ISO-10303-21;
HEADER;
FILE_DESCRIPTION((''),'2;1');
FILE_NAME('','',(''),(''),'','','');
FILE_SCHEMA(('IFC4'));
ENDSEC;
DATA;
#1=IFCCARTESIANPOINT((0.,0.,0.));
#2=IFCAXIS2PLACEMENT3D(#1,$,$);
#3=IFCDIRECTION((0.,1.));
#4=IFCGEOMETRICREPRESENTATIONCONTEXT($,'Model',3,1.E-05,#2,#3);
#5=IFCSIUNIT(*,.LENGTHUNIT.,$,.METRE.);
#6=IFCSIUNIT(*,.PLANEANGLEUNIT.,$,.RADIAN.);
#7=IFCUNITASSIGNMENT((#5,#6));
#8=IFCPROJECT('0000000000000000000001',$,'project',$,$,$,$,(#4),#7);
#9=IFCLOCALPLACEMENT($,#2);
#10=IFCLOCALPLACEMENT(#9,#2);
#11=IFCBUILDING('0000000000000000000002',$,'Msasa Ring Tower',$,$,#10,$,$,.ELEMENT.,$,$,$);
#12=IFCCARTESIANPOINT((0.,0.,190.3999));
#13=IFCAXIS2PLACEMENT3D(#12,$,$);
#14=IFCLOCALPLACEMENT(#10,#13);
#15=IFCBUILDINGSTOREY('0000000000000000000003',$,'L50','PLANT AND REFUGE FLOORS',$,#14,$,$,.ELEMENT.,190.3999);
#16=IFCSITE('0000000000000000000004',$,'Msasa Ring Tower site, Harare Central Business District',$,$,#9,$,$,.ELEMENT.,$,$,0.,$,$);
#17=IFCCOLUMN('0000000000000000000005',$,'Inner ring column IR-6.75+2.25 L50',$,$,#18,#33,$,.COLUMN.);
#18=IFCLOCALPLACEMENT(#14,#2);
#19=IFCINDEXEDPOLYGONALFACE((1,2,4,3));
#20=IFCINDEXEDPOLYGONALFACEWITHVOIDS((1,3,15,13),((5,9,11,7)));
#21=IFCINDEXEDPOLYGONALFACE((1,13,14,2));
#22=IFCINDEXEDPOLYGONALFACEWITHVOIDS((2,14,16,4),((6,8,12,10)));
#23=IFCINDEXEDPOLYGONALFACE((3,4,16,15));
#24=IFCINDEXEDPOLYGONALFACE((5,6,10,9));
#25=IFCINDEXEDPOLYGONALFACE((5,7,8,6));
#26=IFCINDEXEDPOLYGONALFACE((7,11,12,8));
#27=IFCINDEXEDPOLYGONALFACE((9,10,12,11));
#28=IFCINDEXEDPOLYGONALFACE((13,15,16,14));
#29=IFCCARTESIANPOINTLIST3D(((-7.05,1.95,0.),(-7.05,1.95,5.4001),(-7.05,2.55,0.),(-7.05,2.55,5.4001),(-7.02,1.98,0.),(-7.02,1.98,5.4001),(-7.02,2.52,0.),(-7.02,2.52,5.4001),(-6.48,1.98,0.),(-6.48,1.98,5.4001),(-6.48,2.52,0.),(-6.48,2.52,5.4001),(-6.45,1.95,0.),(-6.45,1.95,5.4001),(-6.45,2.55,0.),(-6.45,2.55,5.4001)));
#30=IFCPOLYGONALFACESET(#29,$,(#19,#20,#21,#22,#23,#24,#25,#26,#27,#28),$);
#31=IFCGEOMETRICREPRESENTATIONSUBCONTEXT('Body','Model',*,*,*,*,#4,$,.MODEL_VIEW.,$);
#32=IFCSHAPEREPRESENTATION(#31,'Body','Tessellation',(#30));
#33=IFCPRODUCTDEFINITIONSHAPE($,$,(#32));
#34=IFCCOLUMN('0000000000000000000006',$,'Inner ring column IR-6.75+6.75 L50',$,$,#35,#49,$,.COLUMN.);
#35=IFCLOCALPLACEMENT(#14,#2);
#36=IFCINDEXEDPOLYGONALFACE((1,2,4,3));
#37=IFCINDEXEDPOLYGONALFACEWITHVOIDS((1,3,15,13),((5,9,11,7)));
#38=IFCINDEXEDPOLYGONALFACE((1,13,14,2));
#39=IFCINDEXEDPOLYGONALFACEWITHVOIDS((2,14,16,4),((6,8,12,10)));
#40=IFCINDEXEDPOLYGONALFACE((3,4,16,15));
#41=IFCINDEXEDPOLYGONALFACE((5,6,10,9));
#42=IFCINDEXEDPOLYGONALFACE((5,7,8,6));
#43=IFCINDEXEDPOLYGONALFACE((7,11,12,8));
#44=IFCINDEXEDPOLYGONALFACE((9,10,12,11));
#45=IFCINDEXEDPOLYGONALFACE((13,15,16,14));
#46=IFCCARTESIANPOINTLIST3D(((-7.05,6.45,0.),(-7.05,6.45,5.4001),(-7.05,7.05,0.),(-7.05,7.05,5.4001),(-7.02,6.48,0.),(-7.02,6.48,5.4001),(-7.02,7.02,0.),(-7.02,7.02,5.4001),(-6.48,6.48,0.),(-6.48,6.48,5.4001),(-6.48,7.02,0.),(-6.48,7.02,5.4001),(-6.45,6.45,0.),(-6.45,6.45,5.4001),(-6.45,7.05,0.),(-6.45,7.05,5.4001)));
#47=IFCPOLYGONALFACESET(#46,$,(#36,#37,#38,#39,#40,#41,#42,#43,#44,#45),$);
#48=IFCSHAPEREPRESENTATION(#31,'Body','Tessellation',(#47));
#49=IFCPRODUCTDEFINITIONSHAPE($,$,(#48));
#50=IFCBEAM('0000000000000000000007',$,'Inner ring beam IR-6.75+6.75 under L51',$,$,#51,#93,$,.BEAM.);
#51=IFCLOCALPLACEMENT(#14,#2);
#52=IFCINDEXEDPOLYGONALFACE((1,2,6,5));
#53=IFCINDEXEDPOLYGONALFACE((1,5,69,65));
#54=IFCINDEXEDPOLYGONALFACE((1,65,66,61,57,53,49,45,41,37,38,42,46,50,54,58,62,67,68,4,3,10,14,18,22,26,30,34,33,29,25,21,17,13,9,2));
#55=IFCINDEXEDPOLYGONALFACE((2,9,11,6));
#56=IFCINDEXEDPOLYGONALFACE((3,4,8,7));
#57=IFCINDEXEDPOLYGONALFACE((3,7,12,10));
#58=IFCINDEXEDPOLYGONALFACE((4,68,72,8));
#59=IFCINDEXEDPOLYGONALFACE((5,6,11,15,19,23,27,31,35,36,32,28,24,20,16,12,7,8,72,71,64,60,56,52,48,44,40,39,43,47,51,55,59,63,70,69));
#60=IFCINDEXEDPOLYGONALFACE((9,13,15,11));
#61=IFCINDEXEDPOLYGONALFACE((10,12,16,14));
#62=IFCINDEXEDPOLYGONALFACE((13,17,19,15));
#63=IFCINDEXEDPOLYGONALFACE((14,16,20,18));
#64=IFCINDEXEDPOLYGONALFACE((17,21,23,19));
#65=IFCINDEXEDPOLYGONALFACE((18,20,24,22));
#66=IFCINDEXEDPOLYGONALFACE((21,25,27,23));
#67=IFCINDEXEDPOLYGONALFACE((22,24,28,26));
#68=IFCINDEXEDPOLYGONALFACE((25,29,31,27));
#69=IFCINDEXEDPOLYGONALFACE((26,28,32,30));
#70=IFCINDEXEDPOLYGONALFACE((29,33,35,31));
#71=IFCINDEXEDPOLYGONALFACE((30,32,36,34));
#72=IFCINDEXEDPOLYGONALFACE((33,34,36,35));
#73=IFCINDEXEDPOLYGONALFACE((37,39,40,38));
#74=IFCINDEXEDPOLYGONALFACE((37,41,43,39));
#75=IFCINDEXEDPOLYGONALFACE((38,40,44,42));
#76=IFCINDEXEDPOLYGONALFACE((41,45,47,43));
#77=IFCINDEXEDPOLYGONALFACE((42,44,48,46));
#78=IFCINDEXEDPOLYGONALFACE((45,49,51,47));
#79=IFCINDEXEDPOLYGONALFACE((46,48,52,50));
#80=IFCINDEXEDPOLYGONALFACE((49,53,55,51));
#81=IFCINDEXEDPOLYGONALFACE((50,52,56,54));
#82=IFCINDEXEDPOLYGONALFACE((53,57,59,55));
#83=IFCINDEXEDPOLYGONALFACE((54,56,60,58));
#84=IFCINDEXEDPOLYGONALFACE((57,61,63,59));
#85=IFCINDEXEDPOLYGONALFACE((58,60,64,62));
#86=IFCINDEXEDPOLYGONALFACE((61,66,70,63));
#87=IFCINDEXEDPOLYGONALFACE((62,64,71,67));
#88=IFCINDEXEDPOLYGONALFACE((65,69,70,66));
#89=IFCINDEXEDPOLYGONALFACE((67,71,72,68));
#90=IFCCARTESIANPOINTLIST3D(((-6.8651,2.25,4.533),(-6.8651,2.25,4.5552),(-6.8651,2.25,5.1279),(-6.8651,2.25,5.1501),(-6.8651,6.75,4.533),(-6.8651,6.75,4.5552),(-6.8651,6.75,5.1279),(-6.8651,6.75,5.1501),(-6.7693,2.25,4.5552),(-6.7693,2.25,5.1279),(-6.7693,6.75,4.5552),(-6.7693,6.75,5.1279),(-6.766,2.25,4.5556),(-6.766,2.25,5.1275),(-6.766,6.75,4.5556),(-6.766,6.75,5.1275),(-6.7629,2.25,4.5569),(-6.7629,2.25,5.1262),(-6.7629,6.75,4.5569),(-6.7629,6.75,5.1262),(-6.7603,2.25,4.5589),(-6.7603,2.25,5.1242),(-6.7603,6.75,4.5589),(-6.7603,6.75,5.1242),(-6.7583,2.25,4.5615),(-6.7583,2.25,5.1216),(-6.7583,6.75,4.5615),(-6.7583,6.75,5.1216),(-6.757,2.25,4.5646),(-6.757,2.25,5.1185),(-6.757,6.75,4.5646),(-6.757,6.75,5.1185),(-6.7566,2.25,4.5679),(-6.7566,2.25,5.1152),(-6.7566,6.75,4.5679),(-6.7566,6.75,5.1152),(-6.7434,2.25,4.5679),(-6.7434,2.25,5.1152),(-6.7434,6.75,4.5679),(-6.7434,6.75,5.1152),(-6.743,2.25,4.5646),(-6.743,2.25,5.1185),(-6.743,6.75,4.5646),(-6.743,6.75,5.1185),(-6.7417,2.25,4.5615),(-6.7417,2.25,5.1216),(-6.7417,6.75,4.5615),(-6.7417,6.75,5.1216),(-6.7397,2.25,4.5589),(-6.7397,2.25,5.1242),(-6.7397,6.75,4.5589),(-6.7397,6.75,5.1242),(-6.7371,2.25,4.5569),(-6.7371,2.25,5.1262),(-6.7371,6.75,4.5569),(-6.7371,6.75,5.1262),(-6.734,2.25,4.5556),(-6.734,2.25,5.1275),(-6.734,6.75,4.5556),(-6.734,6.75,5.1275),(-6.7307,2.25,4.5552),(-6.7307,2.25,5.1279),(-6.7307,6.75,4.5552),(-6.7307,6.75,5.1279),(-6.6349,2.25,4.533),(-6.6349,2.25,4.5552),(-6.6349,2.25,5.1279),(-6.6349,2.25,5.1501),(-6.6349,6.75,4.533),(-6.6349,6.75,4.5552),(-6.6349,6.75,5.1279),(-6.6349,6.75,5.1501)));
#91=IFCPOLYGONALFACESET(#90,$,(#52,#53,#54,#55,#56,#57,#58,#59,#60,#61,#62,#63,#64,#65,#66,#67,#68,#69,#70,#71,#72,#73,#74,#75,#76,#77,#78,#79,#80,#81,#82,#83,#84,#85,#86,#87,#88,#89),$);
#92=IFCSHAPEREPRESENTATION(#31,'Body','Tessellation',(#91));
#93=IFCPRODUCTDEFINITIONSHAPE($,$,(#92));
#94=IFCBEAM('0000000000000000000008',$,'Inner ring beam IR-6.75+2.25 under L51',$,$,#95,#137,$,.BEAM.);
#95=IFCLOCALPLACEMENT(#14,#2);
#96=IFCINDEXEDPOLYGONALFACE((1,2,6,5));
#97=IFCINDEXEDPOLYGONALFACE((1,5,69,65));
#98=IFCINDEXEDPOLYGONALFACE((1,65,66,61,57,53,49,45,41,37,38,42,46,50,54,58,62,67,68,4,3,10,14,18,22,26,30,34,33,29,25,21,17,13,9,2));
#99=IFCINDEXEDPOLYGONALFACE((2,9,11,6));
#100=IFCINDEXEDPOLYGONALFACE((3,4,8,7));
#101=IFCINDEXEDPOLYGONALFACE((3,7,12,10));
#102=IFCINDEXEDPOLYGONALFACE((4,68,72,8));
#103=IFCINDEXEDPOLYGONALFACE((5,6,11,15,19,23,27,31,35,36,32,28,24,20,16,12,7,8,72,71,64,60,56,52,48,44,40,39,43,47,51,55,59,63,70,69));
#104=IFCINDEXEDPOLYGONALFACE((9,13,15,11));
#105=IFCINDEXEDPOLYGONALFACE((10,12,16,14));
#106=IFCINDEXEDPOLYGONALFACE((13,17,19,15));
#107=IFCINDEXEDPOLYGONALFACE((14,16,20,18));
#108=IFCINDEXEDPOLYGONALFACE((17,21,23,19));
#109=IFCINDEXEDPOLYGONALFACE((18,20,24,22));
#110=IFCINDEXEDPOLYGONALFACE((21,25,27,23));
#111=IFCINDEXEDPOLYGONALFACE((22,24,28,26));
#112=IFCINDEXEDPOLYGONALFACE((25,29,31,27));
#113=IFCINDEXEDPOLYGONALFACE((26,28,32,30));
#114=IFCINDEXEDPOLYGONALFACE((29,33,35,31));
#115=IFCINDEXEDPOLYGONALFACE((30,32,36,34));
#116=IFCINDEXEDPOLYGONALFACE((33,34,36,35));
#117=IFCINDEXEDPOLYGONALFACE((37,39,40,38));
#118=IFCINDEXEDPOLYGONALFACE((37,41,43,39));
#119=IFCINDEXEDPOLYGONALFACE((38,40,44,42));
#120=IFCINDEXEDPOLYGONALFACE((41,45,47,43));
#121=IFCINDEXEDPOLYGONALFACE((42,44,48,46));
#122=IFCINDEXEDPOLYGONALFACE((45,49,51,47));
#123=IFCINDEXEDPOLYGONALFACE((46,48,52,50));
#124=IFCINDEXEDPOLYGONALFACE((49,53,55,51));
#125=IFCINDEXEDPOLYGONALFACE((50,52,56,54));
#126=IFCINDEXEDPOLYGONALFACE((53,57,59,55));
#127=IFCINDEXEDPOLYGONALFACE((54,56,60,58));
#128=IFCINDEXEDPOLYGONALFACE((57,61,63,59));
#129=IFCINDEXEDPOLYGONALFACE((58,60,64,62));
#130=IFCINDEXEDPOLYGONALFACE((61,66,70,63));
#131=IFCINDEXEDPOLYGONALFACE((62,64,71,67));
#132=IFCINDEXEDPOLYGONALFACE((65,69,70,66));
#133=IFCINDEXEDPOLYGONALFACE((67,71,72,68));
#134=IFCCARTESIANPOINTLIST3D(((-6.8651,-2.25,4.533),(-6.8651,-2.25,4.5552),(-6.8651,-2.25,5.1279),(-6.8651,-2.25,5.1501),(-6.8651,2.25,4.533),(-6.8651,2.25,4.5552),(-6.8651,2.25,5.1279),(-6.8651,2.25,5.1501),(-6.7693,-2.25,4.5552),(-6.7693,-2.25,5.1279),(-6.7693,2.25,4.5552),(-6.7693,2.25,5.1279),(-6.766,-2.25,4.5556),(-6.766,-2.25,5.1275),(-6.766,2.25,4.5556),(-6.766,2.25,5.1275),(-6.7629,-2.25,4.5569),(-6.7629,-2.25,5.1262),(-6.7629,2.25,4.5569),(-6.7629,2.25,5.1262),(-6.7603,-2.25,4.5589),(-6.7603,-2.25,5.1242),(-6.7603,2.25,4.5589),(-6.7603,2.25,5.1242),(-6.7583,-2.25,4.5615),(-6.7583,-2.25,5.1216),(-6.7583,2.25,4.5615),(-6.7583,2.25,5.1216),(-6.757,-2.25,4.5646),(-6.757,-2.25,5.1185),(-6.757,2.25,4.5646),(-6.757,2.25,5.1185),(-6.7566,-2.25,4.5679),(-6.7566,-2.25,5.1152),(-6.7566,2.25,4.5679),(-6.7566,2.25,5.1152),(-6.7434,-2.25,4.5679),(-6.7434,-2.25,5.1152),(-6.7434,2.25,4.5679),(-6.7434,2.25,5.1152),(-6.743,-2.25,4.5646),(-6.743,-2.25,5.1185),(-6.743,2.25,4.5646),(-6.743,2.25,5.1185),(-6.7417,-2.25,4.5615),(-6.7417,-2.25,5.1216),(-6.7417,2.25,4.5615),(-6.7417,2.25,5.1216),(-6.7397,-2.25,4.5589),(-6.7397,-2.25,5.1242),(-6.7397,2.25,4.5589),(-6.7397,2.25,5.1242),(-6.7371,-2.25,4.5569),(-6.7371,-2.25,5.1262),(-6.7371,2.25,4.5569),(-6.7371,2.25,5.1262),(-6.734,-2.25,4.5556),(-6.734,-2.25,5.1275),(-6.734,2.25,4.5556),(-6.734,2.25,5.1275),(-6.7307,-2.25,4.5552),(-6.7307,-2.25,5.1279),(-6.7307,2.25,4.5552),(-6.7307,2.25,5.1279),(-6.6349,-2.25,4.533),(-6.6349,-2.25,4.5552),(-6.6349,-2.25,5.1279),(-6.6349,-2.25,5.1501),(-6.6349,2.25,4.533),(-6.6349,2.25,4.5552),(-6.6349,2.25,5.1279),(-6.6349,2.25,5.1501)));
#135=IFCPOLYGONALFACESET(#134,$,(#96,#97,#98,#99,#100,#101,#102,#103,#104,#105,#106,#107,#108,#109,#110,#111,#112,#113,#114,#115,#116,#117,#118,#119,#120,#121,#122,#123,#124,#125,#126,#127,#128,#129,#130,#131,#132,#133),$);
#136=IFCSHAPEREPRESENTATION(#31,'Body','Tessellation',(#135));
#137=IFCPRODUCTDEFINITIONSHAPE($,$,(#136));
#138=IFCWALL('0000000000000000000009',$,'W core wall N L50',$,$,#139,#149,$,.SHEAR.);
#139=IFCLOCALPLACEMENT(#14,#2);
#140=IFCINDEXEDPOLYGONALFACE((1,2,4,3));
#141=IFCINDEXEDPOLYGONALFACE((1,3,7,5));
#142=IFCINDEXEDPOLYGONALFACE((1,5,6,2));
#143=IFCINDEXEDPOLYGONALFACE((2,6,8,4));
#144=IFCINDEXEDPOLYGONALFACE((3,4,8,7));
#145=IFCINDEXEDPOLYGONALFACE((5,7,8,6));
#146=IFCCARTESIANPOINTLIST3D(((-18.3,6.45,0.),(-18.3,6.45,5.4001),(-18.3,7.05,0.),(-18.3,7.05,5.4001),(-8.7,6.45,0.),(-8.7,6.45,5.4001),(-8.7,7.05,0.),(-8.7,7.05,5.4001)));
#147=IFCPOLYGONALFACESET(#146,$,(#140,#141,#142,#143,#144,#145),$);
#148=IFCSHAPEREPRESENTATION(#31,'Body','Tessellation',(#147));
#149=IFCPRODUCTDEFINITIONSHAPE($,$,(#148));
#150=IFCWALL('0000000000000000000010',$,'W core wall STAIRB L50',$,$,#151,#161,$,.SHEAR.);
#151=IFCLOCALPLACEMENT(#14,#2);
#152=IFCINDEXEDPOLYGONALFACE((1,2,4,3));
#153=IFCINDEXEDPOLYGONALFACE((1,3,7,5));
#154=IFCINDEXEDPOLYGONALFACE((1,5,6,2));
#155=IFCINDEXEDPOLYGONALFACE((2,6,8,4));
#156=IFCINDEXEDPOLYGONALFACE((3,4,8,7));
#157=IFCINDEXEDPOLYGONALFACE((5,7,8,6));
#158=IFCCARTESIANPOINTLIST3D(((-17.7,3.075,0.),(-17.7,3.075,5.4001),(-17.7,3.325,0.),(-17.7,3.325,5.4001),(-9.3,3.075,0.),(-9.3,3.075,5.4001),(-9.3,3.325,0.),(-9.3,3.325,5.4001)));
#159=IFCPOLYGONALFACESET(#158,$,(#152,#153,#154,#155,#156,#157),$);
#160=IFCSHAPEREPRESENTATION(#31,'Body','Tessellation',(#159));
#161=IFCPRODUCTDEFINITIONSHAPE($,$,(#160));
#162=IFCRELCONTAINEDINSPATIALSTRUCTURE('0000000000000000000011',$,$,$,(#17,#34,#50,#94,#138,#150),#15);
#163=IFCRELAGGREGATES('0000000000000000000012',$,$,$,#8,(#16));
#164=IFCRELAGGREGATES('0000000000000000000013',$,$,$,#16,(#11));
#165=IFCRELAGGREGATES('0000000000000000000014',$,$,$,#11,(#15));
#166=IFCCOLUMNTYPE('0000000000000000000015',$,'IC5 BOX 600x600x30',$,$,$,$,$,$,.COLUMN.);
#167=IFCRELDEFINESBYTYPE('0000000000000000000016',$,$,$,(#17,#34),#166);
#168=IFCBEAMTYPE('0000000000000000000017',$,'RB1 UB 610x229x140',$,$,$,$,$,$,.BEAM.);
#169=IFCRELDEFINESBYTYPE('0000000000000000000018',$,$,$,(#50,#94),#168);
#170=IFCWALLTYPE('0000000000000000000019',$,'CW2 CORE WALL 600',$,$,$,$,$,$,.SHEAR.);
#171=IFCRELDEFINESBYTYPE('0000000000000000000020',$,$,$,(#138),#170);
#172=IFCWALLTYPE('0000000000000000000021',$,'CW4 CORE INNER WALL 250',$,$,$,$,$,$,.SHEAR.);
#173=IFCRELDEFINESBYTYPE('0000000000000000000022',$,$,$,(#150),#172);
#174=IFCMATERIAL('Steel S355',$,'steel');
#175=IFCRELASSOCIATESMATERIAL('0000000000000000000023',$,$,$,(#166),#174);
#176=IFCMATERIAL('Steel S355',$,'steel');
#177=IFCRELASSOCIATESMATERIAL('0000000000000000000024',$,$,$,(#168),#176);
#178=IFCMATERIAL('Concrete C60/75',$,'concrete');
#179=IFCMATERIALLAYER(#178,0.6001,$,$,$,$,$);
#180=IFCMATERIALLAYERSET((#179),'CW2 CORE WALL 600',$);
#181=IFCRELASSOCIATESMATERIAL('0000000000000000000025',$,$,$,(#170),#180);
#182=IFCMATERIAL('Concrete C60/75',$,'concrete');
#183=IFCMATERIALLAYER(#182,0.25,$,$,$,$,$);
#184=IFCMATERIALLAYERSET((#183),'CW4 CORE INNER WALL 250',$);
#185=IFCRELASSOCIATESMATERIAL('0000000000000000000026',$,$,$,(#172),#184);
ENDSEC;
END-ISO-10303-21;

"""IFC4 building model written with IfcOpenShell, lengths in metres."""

from ifc_helpers import new_model, si_unit, direction, frame, frame_2d, origin, origin_2d, place, context, subcontext, project, spatial, rectangle, hollow_rectangle, i_section, extrude, material, layer, layer_set, material_profile, profile_set, type_object, element, save


model = new_model("IFC4")

# Units and contexts
model_context = context("Model", 3, precision=1e-05, world=origin(), true_north=direction((0.0, 1.0)))
body_context = subcontext(model_context, "Body", "Model", "MODEL_VIEW")
ifc_project = project(units=[si_unit("LENGTHUNIT", "METRE"), si_unit("PLANEANGLEUNIT", "RADIAN")], contexts=[model_context])

# Site, building, storey
site_placement = place(None, origin())
site = spatial("IfcSite", under=ifc_project, at=site_placement, Name="Msasa Ring Tower site, Harare Central Business District", CompositionType="ELEMENT", RefElevation=0.0)
building_placement = place(site_placement, origin())
building = spatial("IfcBuilding", under=site, at=building_placement, Name="Msasa Ring Tower", CompositionType="ELEMENT")
storey_placement = place(building_placement, frame((0.0, 0.0, 190.3999)))
storey = spatial("IfcBuildingStorey", under=building, at=storey_placement, Name="L50", Description="PLANT AND REFUGE FLOORS", CompositionType="ELEMENT", Elevation=190.3999)

# Columns
ifc_material_1 = material(Name="Steel S355", Category="steel")
ifc_material_profile_1 = material_profile(ifc_material_1, hollow_rectangle(XDim=0.6001, YDim=0.6001, WallThickness=0.03, at=origin_2d()), Name="BOX 600x600x30")
ifc_profile_set_1 = profile_set([ifc_material_profile_1], Name="Steel S355")
column_type = type_object("IfcColumnType", Name="IC5 BOX 600x600x30", PredefinedType="COLUMN", material=ifc_profile_set_1)
for number, where, z_axis, x_axis, name in (
    (1, (-6.75, 2.25, 0.0), (0.0, 0.0, 1.0), (1.0, 0.0, 0.0), "Inner ring column IR-6.75+2.25 L50"),
    (2, (-6.75, 6.75, 0.0), (0.0, 0.0, 1.0), (1.0, 0.0, 0.0), "Inner ring column IR-6.75+6.75 L50"),
):
    element("IfcColumn", number, at=place(storey_placement, frame(where, z_axis=z_axis, x_axis=x_axis)), inside=storey, type_object=column_type, Name=name, PredefinedType="COLUMN", context=body_context, shape_type="SweptSolid", body=[
        extrude(hollow_rectangle(XDim=0.6001, YDim=0.6001, WallThickness=0.03, at=origin_2d()), origin(), (0.0, 0.0, 1.0), 5.4001),
    ])

# Beams
ifc_material_2 = material(Name="Steel S355", Category="steel")
ifc_material_profile_2 = material_profile(ifc_material_2, i_section(OverallWidth=0.2302, OverallDepth=0.6172, WebThickness=0.0132, FlangeThickness=0.0222, FilletRadius=0.0127, at=origin_2d()), Name="UB 610x229x140")
ifc_profile_set_2 = profile_set([ifc_material_profile_2], Name="Steel S355")
beam_type = type_object("IfcBeamType", Name="RB1 UB 610x229x140", PredefinedType="BEAM", material=ifc_profile_set_2)
for number, where, z_axis, x_axis, name in (
    (3, (-6.75, 6.75, 4.8416), (0.0, -1.0, 0.0), (1.0, 0.0, 0.0), "Inner ring beam IR-6.75+6.75 under L51"),
    (4, (-6.75, 2.25, 4.8416), (0.0, -1.0, 0.0), (1.0, 0.0, 0.0), "Inner ring beam IR-6.75+2.25 under L51"),
):
    element("IfcBeam", number, at=place(storey_placement, frame(where, z_axis=z_axis, x_axis=x_axis)), inside=storey, type_object=beam_type, Name=name, PredefinedType="BEAM", context=body_context, shape_type="SweptSolid", body=[
        extrude(i_section(OverallWidth=0.2302, OverallDepth=0.6172, WebThickness=0.0132, FlangeThickness=0.0222, FilletRadius=0.0127, at=origin_2d()), origin(), (0.0, 0.0, 1.0), 4.5),
    ])

# Walls
ifc_material_3 = material(Name="Concrete C60/75", Category="concrete")
ifc_layer_1 = layer(ifc_material_3, 0.6001)
ifc_layer_set_1 = layer_set([ifc_layer_1], Name="CW2 CORE WALL 600")
wall_type_1 = type_object("IfcWallType", Name="CW2 CORE WALL 600", PredefinedType="SHEAR", material=ifc_layer_set_1)
wall_1_placement = place(storey_placement, frame((-8.7, 6.75, 0.0), z_axis=(0.0, 0.0, 1.0), x_axis=(-1.0, 0.0, 0.0)))
element("IfcWall", 5, at=wall_1_placement, inside=storey, type_object=wall_type_1, Name="W core wall N L50", PredefinedType="SHEAR", context=body_context, shape_type="SweptSolid", body=[
    extrude(rectangle(XDim=9.6001, YDim=0.6001, at=frame_2d((4.8, 0.0))), origin(), (0.0, 0.0, 1.0), 5.4001),
])
ifc_material_4 = material(Name="Concrete C60/75", Category="concrete")
ifc_layer_2 = layer(ifc_material_4, 0.25)
ifc_layer_set_2 = layer_set([ifc_layer_2], Name="CW4 CORE INNER WALL 250")
wall_type_2 = type_object("IfcWallType", Name="CW4 CORE INNER WALL 250", PredefinedType="SHEAR", material=ifc_layer_set_2)
wall_2_placement = place(storey_placement, frame((-9.3, 3.2, 0.0), z_axis=(0.0, 0.0, 1.0), x_axis=(-1.0, 0.0, 0.0)))
element("IfcWall", 6, at=wall_2_placement, inside=storey, type_object=wall_type_2, Name="W core wall STAIRB L50", PredefinedType="SHEAR", context=body_context, shape_type="SweptSolid", body=[
    extrude(rectangle(XDim=8.3999, YDim=0.25, at=frame_2d((4.2, 0.0))), origin(), (0.0, 0.0, 1.0), 5.4001),
])

save(model, "model.ifc")
